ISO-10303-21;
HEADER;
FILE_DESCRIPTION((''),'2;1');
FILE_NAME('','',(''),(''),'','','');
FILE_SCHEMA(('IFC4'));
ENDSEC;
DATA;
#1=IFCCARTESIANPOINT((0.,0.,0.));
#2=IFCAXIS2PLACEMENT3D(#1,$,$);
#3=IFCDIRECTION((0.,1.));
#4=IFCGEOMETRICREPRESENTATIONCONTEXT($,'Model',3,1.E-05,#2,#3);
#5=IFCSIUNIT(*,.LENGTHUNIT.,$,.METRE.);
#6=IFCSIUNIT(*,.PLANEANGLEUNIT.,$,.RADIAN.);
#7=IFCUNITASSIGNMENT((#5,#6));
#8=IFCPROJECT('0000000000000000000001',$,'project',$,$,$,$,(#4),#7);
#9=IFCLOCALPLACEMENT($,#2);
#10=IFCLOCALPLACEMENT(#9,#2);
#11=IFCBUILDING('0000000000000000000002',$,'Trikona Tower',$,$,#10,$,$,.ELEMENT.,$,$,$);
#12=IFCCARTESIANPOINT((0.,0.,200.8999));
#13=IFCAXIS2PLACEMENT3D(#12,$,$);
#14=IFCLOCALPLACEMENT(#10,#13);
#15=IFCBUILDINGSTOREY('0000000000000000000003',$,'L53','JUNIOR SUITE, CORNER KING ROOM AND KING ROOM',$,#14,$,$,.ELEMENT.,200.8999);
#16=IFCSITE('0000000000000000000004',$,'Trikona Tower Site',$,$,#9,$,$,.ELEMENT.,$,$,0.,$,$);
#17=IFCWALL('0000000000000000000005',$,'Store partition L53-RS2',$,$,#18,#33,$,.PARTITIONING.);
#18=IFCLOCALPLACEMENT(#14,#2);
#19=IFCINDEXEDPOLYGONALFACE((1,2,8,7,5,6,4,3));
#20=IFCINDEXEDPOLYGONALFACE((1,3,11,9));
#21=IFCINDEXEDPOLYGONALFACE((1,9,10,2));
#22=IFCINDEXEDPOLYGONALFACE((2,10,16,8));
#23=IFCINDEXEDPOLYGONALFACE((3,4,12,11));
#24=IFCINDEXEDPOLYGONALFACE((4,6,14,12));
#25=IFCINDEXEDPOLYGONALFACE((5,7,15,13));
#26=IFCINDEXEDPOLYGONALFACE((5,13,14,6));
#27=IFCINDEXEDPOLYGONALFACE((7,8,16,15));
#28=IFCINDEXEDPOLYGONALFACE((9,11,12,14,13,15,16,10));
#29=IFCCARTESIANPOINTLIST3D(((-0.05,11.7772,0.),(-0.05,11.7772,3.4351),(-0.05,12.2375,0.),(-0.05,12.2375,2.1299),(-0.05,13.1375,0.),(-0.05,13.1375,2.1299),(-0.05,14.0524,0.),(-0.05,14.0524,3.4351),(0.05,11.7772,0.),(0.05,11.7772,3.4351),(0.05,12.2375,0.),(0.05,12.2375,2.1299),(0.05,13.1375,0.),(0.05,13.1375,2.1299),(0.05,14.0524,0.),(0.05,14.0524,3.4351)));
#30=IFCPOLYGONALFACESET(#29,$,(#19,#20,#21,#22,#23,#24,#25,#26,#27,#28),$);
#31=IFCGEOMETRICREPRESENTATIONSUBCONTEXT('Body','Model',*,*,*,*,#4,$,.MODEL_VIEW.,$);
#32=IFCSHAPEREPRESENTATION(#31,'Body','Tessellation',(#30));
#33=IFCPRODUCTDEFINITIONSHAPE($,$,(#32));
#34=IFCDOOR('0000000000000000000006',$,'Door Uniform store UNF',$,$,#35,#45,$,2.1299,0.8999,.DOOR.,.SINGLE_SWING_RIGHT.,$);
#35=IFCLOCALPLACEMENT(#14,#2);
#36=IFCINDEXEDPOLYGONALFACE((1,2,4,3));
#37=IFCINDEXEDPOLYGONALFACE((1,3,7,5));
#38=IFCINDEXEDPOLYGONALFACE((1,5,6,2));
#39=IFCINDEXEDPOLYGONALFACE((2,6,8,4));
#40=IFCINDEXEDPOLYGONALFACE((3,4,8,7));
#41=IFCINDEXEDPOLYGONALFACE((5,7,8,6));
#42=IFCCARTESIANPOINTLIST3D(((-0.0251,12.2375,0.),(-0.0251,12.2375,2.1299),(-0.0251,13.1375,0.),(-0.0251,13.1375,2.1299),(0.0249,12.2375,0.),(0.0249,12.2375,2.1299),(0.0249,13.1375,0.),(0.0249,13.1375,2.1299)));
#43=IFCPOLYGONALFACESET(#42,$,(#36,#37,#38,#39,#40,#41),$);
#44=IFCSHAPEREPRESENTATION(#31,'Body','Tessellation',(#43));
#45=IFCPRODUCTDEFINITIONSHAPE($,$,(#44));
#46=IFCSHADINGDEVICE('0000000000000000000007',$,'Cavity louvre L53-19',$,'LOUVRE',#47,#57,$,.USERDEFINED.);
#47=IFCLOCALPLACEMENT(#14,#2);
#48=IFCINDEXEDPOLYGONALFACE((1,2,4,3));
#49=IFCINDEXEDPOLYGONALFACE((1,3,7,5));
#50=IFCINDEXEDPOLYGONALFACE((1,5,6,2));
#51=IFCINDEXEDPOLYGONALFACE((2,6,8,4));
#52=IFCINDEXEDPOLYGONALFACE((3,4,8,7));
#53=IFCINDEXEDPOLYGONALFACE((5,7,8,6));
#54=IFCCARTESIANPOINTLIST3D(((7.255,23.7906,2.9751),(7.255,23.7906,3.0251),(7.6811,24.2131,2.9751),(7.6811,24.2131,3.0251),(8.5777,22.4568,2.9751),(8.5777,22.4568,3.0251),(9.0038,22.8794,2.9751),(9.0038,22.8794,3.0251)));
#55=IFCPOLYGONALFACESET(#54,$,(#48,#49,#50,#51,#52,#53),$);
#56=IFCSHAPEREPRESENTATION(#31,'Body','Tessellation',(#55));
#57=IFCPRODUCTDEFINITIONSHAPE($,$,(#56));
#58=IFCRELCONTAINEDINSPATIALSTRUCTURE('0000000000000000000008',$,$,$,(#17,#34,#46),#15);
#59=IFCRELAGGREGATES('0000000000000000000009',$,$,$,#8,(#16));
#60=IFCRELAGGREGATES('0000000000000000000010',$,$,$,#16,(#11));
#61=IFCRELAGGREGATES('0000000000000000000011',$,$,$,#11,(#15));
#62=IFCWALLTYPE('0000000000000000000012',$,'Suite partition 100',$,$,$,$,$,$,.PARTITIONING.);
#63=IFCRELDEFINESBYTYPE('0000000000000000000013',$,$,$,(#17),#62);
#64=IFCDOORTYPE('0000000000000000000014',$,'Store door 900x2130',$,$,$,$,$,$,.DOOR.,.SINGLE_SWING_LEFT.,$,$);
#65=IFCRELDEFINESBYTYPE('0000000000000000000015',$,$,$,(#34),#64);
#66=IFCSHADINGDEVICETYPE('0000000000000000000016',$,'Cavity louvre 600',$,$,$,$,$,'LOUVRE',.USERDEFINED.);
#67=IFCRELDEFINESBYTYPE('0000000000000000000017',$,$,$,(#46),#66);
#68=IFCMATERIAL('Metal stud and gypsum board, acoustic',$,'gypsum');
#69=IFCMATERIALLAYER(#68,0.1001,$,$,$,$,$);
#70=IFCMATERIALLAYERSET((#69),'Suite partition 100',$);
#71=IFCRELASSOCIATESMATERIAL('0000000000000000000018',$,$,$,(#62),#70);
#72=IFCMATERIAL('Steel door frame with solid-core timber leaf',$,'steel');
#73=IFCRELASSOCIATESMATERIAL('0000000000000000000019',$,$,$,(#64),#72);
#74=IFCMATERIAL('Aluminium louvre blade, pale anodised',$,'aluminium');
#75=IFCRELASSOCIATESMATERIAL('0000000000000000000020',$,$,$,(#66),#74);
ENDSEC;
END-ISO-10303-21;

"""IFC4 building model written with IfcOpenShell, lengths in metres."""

from ifc_helpers import new_model, si_unit, direction, frame, frame_2d, origin, origin_2d, place, context, subcontext, project, spatial, rectangle, extrude, material, layer, layer_set, type_object, element, fill, save


model = new_model("IFC4")

# Units and contexts
model_context = context("Model", 3, precision=1e-05, world=origin(), true_north=direction((0.0, 1.0)))
body_context = subcontext(model_context, "Body", "Model", "MODEL_VIEW")
ifc_project = project(units=[si_unit("LENGTHUNIT", "METRE"), si_unit("PLANEANGLEUNIT", "RADIAN")], contexts=[model_context])

# Site, building, storey
site_placement = place(None, origin())
site = spatial("IfcSite", under=ifc_project, at=site_placement, Name="Trikona Tower Site", CompositionType="ELEMENT", RefElevation=0.0)
building_placement = place(site_placement, origin())
building = spatial("IfcBuilding", under=site, at=building_placement, Name="Trikona Tower", CompositionType="ELEMENT")
storey_placement = place(building_placement, frame((0.0, 0.0, 200.8999)))
storey = spatial("IfcBuildingStorey", under=building, at=storey_placement, Name="L53", Description="JUNIOR SUITE, CORNER KING ROOM AND KING ROOM", CompositionType="ELEMENT", Elevation=200.8999)

# Wall, opening, door
ifc_material_1 = material(Name="Metal stud and gypsum board, acoustic", Category="gypsum")
ifc_layer_1 = layer(ifc_material_1, 0.1001)
ifc_layer_set_1 = layer_set([ifc_layer_1], Name="Suite partition 100")
wall_type_1 = type_object("IfcWallType", Name="Suite partition 100", PredefinedType="PARTITIONING", material=ifc_layer_set_1)
wall_1_placement = place(storey_placement, frame((0.0, 14.0525, 0.0), z_axis=(0.0, 0.0, 1.0), x_axis=(0.0, -1.0, 0.0)))
wall_1 = element("IfcWall", 1, at=wall_1_placement, inside=storey, type_object=wall_type_1, Name="Store partition L53-RS2", PredefinedType="PARTITIONING", context=body_context, shape_type="SweptSolid", body=[
    extrude(rectangle(XDim=2.2751, YDim=0.1001, at=frame_2d((1.1377, 0.0))), origin(), (0.0, 0.0, 1.0), 3.4351),
])
opening_1_placement = place(wall_1_placement, frame((0.915, 0.0, 0.0)))
opening_1 = element("IfcOpeningElement", 2, at=opening_1_placement, cuts=wall_1, PredefinedType="OPENING", context=body_context, shape_type="SweptSolid", body=[
    extrude(rectangle(XDim=0.8999, YDim=2.1299, at=frame_2d((0.45, 1.0649))), frame((0.0, 0.0601, 0.0), z_axis=(0.0, -1.0, 0.0), x_axis=(1.0, 0.0, 0.0)), (0.0, 0.0, 1.0), 0.1201),
])
ifc_material_2 = material(Name="Steel door frame with solid-core timber leaf", Category="steel")
door_type_1 = type_object("IfcDoorType", Name="Store door 900x2130", OperationType="SINGLE_SWING_LEFT", PredefinedType="DOOR", material=ifc_material_2)
door_1_placement = place(opening_1_placement, origin())
door_1 = element("IfcDoor", 3, at=door_1_placement, inside=storey, type_object=door_type_1, Name="Door Uniform store UNF", OperationType="SINGLE_SWING_RIGHT", OverallHeight=2.1299, OverallWidth=0.8999, PredefinedType="DOOR", context=body_context, shape_type="SweptSolid", body=[
    extrude(rectangle(XDim=0.8999, YDim=2.1299, at=frame_2d((0.45, 1.0649))), frame((0.0, 0.0249, 0.0), z_axis=(0.0, -1.0, 0.0), x_axis=(1.0, 0.0, 0.0)), (0.0, 0.0, 1.0), 0.05),
])
fill(opening_1, door_1)

# Shading device
ifc_material_3 = material(Name="Aluminium louvre blade, pale anodised", Category="aluminium")
shading_device_type = type_object("IfcShadingDeviceType", Name="Cavity louvre 600", ElementType="LOUVRE", PredefinedType="USERDEFINED", material=ifc_material_3)
shading_device_placement = place(storey_placement, frame((8.1294, 23.335, 2.9751), z_axis=(0.0, 0.0, 1.0), x_axis=(-0.704151, 0.71005, 0.0)))
element("IfcShadingDevice", 4, at=shading_device_placement, inside=storey, type_object=shading_device_type, Name="Cavity louvre L53-19", ObjectType="LOUVRE", PredefinedType="USERDEFINED", context=body_context, shape_type="SweptSolid", body=[
    extrude(rectangle(XDim=1.8784, YDim=0.6001, at=origin_2d()), origin(), (0.0, 0.0, 1.0), 0.05),
])

save(model, "model.ifc")
